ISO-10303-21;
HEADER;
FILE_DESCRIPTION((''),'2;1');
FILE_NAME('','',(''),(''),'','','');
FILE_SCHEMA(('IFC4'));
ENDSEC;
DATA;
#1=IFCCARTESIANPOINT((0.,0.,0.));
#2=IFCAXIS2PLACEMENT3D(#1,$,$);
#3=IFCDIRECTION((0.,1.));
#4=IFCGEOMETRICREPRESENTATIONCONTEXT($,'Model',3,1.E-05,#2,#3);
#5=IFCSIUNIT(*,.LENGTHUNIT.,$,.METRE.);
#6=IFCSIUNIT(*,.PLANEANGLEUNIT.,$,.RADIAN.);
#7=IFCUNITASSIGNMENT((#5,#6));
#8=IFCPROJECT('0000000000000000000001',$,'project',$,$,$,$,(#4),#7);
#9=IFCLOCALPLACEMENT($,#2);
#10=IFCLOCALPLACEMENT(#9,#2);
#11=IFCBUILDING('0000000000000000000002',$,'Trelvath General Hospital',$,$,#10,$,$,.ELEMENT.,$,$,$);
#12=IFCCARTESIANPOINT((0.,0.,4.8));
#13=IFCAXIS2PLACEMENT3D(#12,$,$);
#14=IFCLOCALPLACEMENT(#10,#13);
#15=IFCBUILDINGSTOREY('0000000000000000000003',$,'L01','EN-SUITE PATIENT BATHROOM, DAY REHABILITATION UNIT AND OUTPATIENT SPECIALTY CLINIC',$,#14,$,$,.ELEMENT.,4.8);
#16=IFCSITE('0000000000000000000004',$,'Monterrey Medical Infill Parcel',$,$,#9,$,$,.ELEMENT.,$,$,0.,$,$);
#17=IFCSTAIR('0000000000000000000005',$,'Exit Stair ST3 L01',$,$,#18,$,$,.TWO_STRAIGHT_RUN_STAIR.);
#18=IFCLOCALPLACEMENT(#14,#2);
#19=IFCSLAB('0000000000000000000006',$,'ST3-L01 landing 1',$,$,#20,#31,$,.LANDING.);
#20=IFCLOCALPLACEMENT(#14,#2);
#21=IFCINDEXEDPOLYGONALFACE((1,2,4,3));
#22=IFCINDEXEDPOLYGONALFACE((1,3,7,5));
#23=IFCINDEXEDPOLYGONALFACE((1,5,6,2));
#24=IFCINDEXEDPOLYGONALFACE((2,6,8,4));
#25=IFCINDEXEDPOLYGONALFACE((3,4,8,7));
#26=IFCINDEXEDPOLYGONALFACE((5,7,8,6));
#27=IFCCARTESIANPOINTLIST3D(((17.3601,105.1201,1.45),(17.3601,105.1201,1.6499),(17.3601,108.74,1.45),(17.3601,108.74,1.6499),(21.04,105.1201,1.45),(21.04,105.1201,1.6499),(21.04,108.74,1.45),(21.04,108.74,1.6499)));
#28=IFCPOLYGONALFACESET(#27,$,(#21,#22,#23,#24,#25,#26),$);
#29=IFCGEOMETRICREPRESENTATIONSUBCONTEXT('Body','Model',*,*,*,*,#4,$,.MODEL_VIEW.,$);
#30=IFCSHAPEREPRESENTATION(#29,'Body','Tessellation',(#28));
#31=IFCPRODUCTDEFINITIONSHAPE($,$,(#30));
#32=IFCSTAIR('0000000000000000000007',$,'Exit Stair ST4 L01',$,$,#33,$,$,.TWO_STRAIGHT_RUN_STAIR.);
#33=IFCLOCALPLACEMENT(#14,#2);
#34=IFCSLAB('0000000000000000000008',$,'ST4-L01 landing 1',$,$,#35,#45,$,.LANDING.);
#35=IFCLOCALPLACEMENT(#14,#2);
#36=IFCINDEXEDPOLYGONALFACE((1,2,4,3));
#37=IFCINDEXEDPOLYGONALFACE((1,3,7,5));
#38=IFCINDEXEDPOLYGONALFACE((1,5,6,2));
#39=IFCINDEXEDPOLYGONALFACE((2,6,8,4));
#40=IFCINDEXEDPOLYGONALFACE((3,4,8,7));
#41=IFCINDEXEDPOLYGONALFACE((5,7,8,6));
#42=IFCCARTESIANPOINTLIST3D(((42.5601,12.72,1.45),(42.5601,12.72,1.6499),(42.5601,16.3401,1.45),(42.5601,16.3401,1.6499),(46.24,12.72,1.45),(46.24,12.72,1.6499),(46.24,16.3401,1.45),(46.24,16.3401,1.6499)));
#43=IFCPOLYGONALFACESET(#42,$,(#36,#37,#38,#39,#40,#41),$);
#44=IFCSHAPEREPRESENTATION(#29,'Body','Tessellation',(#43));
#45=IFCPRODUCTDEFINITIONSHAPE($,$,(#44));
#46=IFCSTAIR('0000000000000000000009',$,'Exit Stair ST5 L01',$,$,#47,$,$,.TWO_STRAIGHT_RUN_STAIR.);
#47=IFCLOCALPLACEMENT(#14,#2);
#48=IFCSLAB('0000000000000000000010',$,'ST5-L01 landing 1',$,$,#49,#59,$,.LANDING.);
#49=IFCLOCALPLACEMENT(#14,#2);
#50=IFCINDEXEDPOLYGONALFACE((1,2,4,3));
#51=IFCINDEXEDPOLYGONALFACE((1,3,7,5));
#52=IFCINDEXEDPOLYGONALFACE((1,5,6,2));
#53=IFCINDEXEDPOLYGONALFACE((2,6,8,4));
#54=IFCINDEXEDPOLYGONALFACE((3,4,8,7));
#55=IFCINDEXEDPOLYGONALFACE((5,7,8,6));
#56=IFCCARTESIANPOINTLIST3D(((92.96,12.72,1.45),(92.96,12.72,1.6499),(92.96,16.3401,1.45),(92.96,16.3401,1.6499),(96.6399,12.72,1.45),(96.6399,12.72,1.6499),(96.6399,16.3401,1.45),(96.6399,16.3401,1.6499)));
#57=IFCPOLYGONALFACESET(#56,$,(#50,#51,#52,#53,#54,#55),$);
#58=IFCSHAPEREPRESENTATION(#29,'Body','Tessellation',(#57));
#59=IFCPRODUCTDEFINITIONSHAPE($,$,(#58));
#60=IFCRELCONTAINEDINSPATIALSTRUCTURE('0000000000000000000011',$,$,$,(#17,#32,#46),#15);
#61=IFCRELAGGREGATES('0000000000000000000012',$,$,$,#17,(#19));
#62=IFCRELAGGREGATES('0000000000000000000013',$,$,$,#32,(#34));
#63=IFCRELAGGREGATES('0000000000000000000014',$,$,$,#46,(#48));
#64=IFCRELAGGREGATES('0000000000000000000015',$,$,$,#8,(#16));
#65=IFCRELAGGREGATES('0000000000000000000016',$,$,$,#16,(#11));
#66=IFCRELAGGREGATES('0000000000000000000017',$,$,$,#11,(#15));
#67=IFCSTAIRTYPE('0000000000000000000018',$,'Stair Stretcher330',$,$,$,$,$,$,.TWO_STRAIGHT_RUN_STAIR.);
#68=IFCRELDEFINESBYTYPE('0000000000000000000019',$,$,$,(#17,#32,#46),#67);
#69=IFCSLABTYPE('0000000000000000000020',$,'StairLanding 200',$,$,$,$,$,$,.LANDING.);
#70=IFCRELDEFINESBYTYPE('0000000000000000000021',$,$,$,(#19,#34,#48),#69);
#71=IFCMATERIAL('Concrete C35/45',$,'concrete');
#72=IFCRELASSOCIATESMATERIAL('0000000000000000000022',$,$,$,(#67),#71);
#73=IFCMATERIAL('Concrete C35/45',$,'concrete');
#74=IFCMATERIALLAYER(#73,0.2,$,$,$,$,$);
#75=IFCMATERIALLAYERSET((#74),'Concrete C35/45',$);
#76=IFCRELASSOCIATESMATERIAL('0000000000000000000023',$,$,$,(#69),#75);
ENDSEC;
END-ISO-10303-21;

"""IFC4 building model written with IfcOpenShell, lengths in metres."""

from ifc_helpers import new_model, si_unit, direction, frame, origin, place, context, subcontext, project, spatial, polyline, outline, extrude, material, layer, layer_set, type_object, element, aggregate, save


model = new_model("IFC4")

# Units and contexts
model_context = context("Model", 3, precision=1e-05, world=origin(), true_north=direction((0.0, 1.0)))
body_context = subcontext(model_context, "Body", "Model", "MODEL_VIEW")
ifc_project = project(units=[si_unit("LENGTHUNIT", "METRE"), si_unit("PLANEANGLEUNIT", "RADIAN")], contexts=[model_context])

# Site, building, storey
site_placement = place(None, origin())
site = spatial("IfcSite", under=ifc_project, at=site_placement, Name="Monterrey Medical Infill Parcel", CompositionType="ELEMENT", RefElevation=0.0)
building_placement = place(site_placement, origin())
building = spatial("IfcBuilding", under=site, at=building_placement, Name="Trelvath General Hospital", CompositionType="ELEMENT")
storey_placement = place(building_placement, frame((0.0, 0.0, 4.8)))
storey = spatial("IfcBuildingStorey", under=building, at=storey_placement, Name="L01", Description="EN-SUITE PATIENT BATHROOM, DAY REHABILITATION UNIT AND OUTPATIENT SPECIALTY CLINIC", CompositionType="ELEMENT", Elevation=4.8)

# Stairs, slabs
ifc_material_1 = material(Name="Concrete C35/45", Category="concrete")
stair_type = type_object("IfcStairType", Name="Stair Stretcher330", PredefinedType="TWO_STRAIGHT_RUN_STAIR", material=ifc_material_1)
ifc_material_2 = material(Name="Concrete C35/45", Category="concrete")
ifc_layer_1 = layer(ifc_material_2, 0.2)
ifc_layer_set_1 = layer_set([ifc_layer_1], Name="Concrete C35/45")
slab_type_1 = type_object("IfcSlabType", Name="StairLanding 200", PredefinedType="LANDING", material=ifc_layer_set_1)
stair_1_placement = place(storey_placement, origin())
stair_1 = element("IfcStair", 1, at=stair_1_placement, inside=storey, type_object=stair_type, Name="Exit Stair ST3 L01", PredefinedType="TWO_STRAIGHT_RUN_STAIR")
slab_1_placement = place(storey_placement, frame((0.0, 0.0, 1.45)))
slab_1 = element("IfcSlab", 2, at=slab_1_placement, type_object=slab_type_1, Name="ST3-L01 landing 1", PredefinedType="LANDING", context=body_context, shape_type="SweptSolid", body=[
    extrude(outline(polyline([(17.3601, 105.1201), (21.04, 105.1201), (21.04, 108.74), (17.3601, 108.74), (17.3601, 105.1201)])), origin(), (0.0, 0.0, 1.0), 0.2),
])
aggregate(stair_1, [slab_1])
stair_2_placement = place(storey_placement, origin())
stair_2 = element("IfcStair", 3, at=stair_2_placement, inside=storey, type_object=stair_type, Name="Exit Stair ST4 L01", PredefinedType="TWO_STRAIGHT_RUN_STAIR")
slab_2_placement = place(storey_placement, frame((0.0, 0.0, 1.45)))
slab_2 = element("IfcSlab", 4, at=slab_2_placement, type_object=slab_type_1, Name="ST4-L01 landing 1", PredefinedType="LANDING", context=body_context, shape_type="SweptSolid", body=[
    extrude(outline(polyline([(42.5601, 12.72), (46.24, 12.72), (46.24, 16.3401), (42.5601, 16.3401), (42.5601, 12.72)])), origin(), (0.0, 0.0, 1.0), 0.2),
])
aggregate(stair_2, [slab_2])
stair_3_placement = place(storey_placement, origin())
stair_3 = element("IfcStair", 5, at=stair_3_placement, inside=storey, type_object=stair_type, Name="Exit Stair ST5 L01", PredefinedType="TWO_STRAIGHT_RUN_STAIR")
slab_3_placement = place(storey_placement, frame((0.0, 0.0, 1.45)))
slab_3 = element("IfcSlab", 6, at=slab_3_placement, type_object=slab_type_1, Name="ST5-L01 landing 1", PredefinedType="LANDING", context=body_context, shape_type="SweptSolid", body=[
    extrude(outline(polyline([(92.96, 12.72), (96.6399, 12.72), (96.6399, 16.3401), (92.96, 16.3401), (92.96, 12.72)])), origin(), (0.0, 0.0, 1.0), 0.2),
])
aggregate(stair_3, [slab_3])

save(model, "model.ifc")
